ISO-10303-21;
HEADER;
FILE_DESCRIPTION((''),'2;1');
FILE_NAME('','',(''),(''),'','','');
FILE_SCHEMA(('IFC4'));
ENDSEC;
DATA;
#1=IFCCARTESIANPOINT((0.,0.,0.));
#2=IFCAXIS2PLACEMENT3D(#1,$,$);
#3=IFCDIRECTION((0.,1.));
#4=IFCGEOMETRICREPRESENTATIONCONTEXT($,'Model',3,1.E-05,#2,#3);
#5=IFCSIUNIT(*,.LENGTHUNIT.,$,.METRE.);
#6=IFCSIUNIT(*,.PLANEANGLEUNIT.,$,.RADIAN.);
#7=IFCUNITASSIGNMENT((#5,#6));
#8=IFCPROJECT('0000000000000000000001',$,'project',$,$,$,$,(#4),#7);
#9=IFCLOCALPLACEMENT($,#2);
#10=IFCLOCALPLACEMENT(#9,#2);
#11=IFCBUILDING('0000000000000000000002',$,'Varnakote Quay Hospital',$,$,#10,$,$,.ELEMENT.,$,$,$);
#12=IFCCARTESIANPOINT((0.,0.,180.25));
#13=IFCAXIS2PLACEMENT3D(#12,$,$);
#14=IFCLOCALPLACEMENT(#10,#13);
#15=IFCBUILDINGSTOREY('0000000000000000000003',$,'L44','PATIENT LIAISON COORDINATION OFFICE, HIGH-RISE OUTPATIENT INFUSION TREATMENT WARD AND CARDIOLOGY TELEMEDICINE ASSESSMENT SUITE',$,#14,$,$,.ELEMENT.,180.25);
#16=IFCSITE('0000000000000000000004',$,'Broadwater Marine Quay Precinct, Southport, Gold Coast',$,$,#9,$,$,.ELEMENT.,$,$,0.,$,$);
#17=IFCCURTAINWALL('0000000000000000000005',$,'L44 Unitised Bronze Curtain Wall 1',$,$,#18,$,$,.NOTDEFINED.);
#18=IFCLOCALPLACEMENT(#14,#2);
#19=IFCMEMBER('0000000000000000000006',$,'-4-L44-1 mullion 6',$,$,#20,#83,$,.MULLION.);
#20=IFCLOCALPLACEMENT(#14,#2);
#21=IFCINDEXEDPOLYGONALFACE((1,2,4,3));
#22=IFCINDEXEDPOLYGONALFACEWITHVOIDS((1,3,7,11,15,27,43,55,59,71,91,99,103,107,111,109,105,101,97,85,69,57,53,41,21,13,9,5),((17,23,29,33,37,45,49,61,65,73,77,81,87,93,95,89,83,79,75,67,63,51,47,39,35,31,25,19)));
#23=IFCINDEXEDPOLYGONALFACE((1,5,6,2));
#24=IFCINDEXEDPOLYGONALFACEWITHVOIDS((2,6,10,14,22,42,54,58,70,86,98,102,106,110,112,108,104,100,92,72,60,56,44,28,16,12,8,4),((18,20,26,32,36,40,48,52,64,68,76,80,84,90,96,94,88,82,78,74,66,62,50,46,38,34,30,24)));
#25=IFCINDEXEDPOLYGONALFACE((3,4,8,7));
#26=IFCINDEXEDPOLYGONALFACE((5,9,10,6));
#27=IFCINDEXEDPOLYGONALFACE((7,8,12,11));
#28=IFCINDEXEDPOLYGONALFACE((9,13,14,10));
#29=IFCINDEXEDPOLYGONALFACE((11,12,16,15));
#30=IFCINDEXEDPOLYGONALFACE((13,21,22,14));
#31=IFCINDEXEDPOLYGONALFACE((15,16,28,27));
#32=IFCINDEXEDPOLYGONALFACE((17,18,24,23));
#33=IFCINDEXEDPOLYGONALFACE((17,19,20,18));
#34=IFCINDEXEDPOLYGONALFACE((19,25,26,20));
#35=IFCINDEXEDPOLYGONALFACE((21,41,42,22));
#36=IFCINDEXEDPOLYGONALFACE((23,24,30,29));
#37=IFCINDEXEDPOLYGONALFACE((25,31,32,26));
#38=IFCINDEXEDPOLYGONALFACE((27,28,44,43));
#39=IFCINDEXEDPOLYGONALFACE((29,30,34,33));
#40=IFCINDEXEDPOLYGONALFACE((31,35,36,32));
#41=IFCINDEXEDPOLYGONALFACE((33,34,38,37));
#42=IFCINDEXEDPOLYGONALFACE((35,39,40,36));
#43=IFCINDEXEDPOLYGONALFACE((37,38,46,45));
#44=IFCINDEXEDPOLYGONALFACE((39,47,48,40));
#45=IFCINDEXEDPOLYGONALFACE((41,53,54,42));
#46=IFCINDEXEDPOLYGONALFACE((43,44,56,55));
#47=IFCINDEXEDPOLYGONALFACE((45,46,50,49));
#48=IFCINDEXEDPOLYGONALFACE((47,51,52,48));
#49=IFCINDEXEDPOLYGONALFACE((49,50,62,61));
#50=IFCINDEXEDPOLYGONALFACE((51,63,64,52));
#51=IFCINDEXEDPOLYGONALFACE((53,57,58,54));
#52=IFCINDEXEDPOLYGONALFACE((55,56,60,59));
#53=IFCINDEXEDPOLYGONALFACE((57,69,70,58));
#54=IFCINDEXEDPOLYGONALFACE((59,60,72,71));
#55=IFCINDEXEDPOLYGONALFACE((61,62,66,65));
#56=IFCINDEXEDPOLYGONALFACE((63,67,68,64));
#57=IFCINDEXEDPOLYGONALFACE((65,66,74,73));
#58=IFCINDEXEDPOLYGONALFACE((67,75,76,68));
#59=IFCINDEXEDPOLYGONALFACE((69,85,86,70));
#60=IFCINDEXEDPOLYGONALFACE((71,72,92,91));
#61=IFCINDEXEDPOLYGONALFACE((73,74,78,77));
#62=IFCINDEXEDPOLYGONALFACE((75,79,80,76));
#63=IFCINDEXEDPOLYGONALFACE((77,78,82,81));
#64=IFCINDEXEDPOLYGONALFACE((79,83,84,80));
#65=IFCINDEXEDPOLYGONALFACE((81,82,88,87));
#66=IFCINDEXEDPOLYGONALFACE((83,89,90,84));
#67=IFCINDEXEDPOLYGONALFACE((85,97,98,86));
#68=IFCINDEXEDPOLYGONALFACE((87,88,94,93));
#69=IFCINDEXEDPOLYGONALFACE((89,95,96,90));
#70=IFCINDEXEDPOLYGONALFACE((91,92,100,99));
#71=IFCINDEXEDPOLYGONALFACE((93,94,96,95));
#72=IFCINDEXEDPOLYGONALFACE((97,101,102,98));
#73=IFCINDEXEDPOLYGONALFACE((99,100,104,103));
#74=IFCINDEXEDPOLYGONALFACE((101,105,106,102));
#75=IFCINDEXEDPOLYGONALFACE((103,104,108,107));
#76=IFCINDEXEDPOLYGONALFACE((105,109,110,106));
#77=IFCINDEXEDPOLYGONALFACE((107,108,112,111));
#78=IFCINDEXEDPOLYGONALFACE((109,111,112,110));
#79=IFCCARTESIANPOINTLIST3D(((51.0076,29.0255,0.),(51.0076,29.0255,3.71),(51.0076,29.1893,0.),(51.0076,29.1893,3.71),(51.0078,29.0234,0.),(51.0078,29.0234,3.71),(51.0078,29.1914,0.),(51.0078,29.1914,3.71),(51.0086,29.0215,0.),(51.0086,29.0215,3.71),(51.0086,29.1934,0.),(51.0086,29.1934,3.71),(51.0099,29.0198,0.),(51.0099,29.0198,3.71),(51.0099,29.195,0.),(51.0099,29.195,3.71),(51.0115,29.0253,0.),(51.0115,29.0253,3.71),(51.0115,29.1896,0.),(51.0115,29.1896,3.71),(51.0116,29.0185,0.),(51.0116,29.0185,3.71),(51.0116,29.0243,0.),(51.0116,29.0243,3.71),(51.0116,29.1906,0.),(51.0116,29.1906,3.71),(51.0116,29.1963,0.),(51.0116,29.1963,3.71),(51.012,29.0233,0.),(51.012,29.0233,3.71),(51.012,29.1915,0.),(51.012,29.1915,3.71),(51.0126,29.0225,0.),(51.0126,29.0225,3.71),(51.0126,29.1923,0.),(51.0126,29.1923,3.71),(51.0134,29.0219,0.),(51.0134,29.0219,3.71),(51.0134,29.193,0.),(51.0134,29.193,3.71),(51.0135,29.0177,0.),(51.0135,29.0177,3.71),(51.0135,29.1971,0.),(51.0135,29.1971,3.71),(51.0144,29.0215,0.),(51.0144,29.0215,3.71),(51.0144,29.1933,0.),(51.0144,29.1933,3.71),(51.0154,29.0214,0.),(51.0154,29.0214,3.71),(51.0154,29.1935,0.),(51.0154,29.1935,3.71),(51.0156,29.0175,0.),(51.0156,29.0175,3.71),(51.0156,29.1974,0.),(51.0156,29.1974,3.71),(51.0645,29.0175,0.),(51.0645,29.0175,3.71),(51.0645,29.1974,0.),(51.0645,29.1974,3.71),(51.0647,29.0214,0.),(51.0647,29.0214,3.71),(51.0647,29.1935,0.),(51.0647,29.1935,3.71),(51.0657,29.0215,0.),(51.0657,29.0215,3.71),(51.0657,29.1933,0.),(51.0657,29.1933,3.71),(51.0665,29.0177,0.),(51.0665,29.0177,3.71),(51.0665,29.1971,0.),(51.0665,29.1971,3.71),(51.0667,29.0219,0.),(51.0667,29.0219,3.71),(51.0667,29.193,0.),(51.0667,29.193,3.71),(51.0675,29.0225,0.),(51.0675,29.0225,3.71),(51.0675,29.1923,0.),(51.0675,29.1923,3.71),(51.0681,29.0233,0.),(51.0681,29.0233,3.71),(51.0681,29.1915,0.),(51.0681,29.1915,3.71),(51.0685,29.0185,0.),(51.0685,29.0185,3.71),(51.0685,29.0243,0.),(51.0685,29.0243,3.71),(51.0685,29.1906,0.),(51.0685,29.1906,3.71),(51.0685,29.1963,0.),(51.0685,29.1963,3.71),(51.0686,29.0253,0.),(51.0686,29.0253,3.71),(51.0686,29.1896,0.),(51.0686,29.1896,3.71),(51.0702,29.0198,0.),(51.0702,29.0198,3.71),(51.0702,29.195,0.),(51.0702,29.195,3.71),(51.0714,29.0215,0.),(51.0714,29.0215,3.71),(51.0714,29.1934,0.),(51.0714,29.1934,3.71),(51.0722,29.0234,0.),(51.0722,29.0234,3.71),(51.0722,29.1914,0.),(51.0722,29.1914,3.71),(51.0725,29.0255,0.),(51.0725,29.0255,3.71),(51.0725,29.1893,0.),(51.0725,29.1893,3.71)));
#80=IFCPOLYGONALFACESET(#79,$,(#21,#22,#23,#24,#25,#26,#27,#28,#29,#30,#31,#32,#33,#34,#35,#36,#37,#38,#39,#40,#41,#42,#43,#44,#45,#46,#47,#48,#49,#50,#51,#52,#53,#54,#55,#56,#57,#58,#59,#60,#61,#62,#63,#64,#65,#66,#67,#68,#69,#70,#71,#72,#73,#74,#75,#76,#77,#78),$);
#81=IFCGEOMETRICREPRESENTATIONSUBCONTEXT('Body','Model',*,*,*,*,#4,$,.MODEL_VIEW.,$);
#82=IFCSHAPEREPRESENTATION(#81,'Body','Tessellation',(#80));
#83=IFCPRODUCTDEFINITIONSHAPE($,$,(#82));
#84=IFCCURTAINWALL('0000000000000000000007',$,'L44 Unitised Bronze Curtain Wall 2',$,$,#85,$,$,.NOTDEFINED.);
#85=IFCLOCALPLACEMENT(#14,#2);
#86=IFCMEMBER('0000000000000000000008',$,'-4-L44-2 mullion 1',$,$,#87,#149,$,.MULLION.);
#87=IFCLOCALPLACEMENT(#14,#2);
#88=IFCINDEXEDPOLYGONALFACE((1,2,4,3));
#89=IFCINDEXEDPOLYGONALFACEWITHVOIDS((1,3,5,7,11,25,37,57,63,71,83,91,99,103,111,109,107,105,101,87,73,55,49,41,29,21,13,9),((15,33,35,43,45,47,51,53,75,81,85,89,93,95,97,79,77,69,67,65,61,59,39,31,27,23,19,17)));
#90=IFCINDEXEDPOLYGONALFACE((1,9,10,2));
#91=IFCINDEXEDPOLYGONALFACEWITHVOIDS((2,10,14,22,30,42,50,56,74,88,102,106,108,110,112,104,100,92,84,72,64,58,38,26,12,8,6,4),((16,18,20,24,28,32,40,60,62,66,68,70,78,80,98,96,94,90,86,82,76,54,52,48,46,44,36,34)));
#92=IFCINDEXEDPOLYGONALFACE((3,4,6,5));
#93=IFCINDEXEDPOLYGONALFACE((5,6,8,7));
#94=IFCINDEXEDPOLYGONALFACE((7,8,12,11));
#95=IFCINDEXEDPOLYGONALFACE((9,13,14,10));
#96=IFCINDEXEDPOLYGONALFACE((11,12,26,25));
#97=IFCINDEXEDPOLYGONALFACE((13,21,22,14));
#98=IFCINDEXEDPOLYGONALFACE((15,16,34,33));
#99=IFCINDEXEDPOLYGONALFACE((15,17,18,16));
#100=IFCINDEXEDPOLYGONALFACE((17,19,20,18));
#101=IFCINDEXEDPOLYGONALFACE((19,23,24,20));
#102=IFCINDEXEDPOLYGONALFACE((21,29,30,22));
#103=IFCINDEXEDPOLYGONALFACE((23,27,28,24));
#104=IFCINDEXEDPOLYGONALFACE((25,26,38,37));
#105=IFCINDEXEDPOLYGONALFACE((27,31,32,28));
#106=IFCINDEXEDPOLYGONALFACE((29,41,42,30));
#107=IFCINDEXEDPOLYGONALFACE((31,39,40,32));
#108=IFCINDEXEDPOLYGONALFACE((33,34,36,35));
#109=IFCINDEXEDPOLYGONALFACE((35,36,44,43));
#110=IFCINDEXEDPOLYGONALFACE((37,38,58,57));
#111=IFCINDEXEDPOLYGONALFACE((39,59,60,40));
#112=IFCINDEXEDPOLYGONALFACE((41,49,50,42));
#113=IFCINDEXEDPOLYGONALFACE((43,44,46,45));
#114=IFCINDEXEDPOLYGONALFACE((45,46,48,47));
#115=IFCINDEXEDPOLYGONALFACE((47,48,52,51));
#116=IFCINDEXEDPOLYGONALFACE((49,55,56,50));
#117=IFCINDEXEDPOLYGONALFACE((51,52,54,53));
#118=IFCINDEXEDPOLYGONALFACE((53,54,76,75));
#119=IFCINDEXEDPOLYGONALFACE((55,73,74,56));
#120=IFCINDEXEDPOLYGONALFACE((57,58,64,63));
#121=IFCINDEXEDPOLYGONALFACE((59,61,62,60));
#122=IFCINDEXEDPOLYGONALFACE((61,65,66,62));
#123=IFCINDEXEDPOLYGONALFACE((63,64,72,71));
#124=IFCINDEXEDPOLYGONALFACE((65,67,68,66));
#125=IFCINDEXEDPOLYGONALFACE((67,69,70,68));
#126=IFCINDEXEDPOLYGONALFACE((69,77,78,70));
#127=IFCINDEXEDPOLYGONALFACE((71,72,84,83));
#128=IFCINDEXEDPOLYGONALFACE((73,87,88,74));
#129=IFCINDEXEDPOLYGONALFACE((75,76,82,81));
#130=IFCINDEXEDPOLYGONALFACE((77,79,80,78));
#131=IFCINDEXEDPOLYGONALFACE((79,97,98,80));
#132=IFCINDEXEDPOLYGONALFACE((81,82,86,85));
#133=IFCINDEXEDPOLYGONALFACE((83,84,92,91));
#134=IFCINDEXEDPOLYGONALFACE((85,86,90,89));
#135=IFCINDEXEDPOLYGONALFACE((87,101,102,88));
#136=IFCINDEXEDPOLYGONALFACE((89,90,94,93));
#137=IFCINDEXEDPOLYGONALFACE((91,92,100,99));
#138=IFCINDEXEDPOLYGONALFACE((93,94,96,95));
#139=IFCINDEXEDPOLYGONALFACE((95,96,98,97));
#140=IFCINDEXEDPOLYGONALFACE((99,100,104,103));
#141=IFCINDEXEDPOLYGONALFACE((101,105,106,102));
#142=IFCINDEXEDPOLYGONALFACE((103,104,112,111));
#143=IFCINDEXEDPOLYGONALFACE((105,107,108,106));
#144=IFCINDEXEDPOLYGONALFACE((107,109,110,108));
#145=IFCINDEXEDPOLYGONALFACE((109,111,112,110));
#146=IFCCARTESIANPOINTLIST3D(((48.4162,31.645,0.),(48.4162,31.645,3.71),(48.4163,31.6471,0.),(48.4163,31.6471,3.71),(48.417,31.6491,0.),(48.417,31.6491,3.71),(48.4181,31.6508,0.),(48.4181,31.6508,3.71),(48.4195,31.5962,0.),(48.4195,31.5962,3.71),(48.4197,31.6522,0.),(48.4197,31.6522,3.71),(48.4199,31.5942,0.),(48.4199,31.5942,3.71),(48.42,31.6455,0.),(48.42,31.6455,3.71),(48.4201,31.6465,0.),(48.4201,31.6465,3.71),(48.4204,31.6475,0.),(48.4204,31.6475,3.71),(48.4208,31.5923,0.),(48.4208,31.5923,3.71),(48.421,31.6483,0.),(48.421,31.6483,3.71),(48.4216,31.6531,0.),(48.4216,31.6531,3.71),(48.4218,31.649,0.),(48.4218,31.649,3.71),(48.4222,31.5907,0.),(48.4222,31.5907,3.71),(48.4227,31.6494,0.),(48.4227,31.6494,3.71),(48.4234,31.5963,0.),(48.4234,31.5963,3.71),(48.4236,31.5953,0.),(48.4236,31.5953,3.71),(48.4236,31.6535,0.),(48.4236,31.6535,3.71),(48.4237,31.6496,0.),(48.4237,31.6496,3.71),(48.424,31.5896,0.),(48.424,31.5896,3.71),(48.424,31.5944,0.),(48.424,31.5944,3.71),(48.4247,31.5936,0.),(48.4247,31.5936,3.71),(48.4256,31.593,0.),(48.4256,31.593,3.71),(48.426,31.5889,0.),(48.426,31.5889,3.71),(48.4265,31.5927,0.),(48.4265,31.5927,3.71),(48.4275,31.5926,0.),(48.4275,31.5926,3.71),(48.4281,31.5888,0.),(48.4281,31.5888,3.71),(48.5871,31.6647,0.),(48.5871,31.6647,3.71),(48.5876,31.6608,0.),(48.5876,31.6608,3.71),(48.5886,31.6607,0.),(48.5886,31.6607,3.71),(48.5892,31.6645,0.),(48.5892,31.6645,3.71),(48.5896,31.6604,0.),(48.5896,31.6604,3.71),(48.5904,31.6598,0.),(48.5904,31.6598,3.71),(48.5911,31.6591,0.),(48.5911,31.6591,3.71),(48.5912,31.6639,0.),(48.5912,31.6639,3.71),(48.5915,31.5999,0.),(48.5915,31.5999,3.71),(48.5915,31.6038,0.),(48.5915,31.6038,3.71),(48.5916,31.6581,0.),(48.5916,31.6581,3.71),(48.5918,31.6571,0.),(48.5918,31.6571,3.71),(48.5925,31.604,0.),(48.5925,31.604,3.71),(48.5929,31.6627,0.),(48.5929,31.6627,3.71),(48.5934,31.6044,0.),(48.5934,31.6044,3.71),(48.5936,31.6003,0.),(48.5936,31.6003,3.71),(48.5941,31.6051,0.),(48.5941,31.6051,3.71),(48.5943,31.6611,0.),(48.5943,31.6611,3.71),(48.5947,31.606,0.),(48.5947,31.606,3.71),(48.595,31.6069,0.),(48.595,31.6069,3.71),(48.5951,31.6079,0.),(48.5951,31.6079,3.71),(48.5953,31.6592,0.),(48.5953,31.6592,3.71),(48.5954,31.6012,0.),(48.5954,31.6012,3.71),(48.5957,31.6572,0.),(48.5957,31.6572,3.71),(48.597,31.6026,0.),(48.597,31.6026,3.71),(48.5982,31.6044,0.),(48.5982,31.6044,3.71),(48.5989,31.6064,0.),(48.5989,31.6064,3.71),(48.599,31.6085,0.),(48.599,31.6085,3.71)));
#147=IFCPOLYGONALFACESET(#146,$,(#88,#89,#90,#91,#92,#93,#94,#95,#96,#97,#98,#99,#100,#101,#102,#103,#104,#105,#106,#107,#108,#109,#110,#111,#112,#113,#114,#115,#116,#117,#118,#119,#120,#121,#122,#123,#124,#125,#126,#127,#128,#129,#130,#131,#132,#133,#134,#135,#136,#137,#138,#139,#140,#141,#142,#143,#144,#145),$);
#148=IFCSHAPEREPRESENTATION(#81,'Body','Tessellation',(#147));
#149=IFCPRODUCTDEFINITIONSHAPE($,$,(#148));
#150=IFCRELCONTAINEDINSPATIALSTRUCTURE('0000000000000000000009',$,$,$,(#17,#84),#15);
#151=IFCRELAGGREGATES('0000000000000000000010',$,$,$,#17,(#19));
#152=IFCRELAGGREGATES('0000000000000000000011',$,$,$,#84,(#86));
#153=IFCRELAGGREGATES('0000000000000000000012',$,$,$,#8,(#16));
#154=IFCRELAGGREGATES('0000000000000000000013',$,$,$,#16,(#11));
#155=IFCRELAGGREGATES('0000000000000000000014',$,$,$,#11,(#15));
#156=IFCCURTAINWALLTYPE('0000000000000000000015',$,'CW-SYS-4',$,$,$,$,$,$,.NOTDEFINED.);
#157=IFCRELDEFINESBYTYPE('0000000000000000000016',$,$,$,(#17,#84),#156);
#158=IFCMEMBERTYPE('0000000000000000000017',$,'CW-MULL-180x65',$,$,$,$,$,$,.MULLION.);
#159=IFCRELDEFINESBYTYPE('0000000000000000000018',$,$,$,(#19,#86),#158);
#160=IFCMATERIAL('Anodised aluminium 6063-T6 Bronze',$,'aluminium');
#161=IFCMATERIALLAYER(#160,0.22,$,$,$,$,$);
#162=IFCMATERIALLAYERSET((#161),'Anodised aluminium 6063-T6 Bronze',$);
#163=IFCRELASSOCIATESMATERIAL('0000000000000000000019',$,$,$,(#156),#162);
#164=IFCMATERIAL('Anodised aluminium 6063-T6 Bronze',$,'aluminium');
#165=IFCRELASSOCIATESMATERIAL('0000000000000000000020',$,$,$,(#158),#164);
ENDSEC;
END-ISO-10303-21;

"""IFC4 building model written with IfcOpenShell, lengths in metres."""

from ifc_helpers import new_model, si_unit, direction, frame, origin, origin_2d, place, context, subcontext, project, spatial, hollow_rectangle, extrude, material, layer, layer_set, material_profile, profile_set, type_object, element, aggregate, save


model = new_model("IFC4")

# Units and contexts
model_context = context("Model", 3, precision=1e-05, world=origin(), true_north=direction((0.0, 1.0)))
body_context = subcontext(model_context, "Body", "Model", "MODEL_VIEW")
ifc_project = project(units=[si_unit("LENGTHUNIT", "METRE"), si_unit("PLANEANGLEUNIT", "RADIAN")], contexts=[model_context])

# Site, building, storey
site_placement = place(None, origin())
site = spatial("IfcSite", under=ifc_project, at=site_placement, Name="Broadwater Marine Quay Precinct, Southport, Gold Coast", CompositionType="ELEMENT", RefElevation=0.0)
building_placement = place(site_placement, origin())
building = spatial("IfcBuilding", under=site, at=building_placement, Name="Varnakote Quay Hospital", CompositionType="ELEMENT")
storey_placement = place(building_placement, frame((0.0, 0.0, 180.25)))
storey = spatial("IfcBuildingStorey", under=building, at=storey_placement, Name="L44", Description="PATIENT LIAISON COORDINATION OFFICE, HIGH-RISE OUTPATIENT INFUSION TREATMENT WARD AND CARDIOLOGY TELEMEDICINE ASSESSMENT SUITE", CompositionType="ELEMENT", Elevation=180.25)

# Curtain walls, members
ifc_material_1 = material(Name="Anodised aluminium 6063-T6 Bronze", Category="aluminium")
ifc_layer_1 = layer(ifc_material_1, 0.22)
ifc_layer_set_1 = layer_set([ifc_layer_1], Name="Anodised aluminium 6063-T6 Bronze")
curtain_wall_type = type_object("IfcCurtainWallType", Name="CW-SYS-4", PredefinedType="NOTDEFINED", material=ifc_layer_set_1)
curtain_wall_1_placement = place(storey_placement, origin())
curtain_wall_1 = element("IfcCurtainWall", 1, at=curtain_wall_1_placement, inside=storey, type_object=curtain_wall_type, Name="L44 Unitised Bronze Curtain Wall 1", PredefinedType="NOTDEFINED")
ifc_material_2 = material(Name="Anodised aluminium 6063-T6 Bronze", Category="aluminium")
ifc_material_profile_1 = material_profile(ifc_material_2, hollow_rectangle(XDim=0.0649, YDim=0.1799, WallThickness=0.0039, InnerFilletRadius=0.0039, OuterFilletRadius=0.0081, at=origin_2d()), Name="CW-MULL-180x65")
ifc_profile_set_1 = profile_set([ifc_material_profile_1], Name="Anodised aluminium 6063-T6 Bronze")
member_type_1 = type_object("IfcMemberType", Name="CW-MULL-180x65", PredefinedType="MULLION", material=ifc_profile_set_1)
member_1_placement = place(storey_placement, frame((51.04, 29.1074, 0.0), z_axis=(0.0, 0.0, 1.0), x_axis=(-1.0, 0.0, 0.0)))
member_1 = element("IfcMember", 2, at=member_1_placement, type_object=member_type_1, Name="-4-L44-1 mullion 6", PredefinedType="MULLION", context=body_context, shape_type="SweptSolid", body=[
    extrude(hollow_rectangle(XDim=0.0649, YDim=0.1799, WallThickness=0.0039, InnerFilletRadius=0.0039, OuterFilletRadius=0.0081, at=origin_2d()), origin(), (0.0, 0.0, 1.0), 3.71),
])
curtain_wall_2_placement = place(storey_placement, origin())
curtain_wall_2 = element("IfcCurtainWall", 3, at=curtain_wall_2_placement, inside=storey, type_object=curtain_wall_type, Name="L44 Unitised Bronze Curtain Wall 2", PredefinedType="NOTDEFINED")
member_2_placement = place(storey_placement, frame((48.5076, 31.6267, 0.0), z_axis=(0.0, 0.0, 1.0), x_axis=(0.067842, -0.997696, 0.0)))
member_2 = element("IfcMember", 4, at=member_2_placement, type_object=member_type_1, Name="-4-L44-2 mullion 1", PredefinedType="MULLION", context=body_context, shape_type="SweptSolid", body=[
    extrude(hollow_rectangle(XDim=0.0649, YDim=0.1799, WallThickness=0.0039, InnerFilletRadius=0.0039, OuterFilletRadius=0.0081, at=origin_2d()), origin(), (0.0, 0.0, 1.0), 3.71),
])

aggregate(curtain_wall_1, [member_1])
aggregate(curtain_wall_2, [member_2])

save(model, "model.ifc")
